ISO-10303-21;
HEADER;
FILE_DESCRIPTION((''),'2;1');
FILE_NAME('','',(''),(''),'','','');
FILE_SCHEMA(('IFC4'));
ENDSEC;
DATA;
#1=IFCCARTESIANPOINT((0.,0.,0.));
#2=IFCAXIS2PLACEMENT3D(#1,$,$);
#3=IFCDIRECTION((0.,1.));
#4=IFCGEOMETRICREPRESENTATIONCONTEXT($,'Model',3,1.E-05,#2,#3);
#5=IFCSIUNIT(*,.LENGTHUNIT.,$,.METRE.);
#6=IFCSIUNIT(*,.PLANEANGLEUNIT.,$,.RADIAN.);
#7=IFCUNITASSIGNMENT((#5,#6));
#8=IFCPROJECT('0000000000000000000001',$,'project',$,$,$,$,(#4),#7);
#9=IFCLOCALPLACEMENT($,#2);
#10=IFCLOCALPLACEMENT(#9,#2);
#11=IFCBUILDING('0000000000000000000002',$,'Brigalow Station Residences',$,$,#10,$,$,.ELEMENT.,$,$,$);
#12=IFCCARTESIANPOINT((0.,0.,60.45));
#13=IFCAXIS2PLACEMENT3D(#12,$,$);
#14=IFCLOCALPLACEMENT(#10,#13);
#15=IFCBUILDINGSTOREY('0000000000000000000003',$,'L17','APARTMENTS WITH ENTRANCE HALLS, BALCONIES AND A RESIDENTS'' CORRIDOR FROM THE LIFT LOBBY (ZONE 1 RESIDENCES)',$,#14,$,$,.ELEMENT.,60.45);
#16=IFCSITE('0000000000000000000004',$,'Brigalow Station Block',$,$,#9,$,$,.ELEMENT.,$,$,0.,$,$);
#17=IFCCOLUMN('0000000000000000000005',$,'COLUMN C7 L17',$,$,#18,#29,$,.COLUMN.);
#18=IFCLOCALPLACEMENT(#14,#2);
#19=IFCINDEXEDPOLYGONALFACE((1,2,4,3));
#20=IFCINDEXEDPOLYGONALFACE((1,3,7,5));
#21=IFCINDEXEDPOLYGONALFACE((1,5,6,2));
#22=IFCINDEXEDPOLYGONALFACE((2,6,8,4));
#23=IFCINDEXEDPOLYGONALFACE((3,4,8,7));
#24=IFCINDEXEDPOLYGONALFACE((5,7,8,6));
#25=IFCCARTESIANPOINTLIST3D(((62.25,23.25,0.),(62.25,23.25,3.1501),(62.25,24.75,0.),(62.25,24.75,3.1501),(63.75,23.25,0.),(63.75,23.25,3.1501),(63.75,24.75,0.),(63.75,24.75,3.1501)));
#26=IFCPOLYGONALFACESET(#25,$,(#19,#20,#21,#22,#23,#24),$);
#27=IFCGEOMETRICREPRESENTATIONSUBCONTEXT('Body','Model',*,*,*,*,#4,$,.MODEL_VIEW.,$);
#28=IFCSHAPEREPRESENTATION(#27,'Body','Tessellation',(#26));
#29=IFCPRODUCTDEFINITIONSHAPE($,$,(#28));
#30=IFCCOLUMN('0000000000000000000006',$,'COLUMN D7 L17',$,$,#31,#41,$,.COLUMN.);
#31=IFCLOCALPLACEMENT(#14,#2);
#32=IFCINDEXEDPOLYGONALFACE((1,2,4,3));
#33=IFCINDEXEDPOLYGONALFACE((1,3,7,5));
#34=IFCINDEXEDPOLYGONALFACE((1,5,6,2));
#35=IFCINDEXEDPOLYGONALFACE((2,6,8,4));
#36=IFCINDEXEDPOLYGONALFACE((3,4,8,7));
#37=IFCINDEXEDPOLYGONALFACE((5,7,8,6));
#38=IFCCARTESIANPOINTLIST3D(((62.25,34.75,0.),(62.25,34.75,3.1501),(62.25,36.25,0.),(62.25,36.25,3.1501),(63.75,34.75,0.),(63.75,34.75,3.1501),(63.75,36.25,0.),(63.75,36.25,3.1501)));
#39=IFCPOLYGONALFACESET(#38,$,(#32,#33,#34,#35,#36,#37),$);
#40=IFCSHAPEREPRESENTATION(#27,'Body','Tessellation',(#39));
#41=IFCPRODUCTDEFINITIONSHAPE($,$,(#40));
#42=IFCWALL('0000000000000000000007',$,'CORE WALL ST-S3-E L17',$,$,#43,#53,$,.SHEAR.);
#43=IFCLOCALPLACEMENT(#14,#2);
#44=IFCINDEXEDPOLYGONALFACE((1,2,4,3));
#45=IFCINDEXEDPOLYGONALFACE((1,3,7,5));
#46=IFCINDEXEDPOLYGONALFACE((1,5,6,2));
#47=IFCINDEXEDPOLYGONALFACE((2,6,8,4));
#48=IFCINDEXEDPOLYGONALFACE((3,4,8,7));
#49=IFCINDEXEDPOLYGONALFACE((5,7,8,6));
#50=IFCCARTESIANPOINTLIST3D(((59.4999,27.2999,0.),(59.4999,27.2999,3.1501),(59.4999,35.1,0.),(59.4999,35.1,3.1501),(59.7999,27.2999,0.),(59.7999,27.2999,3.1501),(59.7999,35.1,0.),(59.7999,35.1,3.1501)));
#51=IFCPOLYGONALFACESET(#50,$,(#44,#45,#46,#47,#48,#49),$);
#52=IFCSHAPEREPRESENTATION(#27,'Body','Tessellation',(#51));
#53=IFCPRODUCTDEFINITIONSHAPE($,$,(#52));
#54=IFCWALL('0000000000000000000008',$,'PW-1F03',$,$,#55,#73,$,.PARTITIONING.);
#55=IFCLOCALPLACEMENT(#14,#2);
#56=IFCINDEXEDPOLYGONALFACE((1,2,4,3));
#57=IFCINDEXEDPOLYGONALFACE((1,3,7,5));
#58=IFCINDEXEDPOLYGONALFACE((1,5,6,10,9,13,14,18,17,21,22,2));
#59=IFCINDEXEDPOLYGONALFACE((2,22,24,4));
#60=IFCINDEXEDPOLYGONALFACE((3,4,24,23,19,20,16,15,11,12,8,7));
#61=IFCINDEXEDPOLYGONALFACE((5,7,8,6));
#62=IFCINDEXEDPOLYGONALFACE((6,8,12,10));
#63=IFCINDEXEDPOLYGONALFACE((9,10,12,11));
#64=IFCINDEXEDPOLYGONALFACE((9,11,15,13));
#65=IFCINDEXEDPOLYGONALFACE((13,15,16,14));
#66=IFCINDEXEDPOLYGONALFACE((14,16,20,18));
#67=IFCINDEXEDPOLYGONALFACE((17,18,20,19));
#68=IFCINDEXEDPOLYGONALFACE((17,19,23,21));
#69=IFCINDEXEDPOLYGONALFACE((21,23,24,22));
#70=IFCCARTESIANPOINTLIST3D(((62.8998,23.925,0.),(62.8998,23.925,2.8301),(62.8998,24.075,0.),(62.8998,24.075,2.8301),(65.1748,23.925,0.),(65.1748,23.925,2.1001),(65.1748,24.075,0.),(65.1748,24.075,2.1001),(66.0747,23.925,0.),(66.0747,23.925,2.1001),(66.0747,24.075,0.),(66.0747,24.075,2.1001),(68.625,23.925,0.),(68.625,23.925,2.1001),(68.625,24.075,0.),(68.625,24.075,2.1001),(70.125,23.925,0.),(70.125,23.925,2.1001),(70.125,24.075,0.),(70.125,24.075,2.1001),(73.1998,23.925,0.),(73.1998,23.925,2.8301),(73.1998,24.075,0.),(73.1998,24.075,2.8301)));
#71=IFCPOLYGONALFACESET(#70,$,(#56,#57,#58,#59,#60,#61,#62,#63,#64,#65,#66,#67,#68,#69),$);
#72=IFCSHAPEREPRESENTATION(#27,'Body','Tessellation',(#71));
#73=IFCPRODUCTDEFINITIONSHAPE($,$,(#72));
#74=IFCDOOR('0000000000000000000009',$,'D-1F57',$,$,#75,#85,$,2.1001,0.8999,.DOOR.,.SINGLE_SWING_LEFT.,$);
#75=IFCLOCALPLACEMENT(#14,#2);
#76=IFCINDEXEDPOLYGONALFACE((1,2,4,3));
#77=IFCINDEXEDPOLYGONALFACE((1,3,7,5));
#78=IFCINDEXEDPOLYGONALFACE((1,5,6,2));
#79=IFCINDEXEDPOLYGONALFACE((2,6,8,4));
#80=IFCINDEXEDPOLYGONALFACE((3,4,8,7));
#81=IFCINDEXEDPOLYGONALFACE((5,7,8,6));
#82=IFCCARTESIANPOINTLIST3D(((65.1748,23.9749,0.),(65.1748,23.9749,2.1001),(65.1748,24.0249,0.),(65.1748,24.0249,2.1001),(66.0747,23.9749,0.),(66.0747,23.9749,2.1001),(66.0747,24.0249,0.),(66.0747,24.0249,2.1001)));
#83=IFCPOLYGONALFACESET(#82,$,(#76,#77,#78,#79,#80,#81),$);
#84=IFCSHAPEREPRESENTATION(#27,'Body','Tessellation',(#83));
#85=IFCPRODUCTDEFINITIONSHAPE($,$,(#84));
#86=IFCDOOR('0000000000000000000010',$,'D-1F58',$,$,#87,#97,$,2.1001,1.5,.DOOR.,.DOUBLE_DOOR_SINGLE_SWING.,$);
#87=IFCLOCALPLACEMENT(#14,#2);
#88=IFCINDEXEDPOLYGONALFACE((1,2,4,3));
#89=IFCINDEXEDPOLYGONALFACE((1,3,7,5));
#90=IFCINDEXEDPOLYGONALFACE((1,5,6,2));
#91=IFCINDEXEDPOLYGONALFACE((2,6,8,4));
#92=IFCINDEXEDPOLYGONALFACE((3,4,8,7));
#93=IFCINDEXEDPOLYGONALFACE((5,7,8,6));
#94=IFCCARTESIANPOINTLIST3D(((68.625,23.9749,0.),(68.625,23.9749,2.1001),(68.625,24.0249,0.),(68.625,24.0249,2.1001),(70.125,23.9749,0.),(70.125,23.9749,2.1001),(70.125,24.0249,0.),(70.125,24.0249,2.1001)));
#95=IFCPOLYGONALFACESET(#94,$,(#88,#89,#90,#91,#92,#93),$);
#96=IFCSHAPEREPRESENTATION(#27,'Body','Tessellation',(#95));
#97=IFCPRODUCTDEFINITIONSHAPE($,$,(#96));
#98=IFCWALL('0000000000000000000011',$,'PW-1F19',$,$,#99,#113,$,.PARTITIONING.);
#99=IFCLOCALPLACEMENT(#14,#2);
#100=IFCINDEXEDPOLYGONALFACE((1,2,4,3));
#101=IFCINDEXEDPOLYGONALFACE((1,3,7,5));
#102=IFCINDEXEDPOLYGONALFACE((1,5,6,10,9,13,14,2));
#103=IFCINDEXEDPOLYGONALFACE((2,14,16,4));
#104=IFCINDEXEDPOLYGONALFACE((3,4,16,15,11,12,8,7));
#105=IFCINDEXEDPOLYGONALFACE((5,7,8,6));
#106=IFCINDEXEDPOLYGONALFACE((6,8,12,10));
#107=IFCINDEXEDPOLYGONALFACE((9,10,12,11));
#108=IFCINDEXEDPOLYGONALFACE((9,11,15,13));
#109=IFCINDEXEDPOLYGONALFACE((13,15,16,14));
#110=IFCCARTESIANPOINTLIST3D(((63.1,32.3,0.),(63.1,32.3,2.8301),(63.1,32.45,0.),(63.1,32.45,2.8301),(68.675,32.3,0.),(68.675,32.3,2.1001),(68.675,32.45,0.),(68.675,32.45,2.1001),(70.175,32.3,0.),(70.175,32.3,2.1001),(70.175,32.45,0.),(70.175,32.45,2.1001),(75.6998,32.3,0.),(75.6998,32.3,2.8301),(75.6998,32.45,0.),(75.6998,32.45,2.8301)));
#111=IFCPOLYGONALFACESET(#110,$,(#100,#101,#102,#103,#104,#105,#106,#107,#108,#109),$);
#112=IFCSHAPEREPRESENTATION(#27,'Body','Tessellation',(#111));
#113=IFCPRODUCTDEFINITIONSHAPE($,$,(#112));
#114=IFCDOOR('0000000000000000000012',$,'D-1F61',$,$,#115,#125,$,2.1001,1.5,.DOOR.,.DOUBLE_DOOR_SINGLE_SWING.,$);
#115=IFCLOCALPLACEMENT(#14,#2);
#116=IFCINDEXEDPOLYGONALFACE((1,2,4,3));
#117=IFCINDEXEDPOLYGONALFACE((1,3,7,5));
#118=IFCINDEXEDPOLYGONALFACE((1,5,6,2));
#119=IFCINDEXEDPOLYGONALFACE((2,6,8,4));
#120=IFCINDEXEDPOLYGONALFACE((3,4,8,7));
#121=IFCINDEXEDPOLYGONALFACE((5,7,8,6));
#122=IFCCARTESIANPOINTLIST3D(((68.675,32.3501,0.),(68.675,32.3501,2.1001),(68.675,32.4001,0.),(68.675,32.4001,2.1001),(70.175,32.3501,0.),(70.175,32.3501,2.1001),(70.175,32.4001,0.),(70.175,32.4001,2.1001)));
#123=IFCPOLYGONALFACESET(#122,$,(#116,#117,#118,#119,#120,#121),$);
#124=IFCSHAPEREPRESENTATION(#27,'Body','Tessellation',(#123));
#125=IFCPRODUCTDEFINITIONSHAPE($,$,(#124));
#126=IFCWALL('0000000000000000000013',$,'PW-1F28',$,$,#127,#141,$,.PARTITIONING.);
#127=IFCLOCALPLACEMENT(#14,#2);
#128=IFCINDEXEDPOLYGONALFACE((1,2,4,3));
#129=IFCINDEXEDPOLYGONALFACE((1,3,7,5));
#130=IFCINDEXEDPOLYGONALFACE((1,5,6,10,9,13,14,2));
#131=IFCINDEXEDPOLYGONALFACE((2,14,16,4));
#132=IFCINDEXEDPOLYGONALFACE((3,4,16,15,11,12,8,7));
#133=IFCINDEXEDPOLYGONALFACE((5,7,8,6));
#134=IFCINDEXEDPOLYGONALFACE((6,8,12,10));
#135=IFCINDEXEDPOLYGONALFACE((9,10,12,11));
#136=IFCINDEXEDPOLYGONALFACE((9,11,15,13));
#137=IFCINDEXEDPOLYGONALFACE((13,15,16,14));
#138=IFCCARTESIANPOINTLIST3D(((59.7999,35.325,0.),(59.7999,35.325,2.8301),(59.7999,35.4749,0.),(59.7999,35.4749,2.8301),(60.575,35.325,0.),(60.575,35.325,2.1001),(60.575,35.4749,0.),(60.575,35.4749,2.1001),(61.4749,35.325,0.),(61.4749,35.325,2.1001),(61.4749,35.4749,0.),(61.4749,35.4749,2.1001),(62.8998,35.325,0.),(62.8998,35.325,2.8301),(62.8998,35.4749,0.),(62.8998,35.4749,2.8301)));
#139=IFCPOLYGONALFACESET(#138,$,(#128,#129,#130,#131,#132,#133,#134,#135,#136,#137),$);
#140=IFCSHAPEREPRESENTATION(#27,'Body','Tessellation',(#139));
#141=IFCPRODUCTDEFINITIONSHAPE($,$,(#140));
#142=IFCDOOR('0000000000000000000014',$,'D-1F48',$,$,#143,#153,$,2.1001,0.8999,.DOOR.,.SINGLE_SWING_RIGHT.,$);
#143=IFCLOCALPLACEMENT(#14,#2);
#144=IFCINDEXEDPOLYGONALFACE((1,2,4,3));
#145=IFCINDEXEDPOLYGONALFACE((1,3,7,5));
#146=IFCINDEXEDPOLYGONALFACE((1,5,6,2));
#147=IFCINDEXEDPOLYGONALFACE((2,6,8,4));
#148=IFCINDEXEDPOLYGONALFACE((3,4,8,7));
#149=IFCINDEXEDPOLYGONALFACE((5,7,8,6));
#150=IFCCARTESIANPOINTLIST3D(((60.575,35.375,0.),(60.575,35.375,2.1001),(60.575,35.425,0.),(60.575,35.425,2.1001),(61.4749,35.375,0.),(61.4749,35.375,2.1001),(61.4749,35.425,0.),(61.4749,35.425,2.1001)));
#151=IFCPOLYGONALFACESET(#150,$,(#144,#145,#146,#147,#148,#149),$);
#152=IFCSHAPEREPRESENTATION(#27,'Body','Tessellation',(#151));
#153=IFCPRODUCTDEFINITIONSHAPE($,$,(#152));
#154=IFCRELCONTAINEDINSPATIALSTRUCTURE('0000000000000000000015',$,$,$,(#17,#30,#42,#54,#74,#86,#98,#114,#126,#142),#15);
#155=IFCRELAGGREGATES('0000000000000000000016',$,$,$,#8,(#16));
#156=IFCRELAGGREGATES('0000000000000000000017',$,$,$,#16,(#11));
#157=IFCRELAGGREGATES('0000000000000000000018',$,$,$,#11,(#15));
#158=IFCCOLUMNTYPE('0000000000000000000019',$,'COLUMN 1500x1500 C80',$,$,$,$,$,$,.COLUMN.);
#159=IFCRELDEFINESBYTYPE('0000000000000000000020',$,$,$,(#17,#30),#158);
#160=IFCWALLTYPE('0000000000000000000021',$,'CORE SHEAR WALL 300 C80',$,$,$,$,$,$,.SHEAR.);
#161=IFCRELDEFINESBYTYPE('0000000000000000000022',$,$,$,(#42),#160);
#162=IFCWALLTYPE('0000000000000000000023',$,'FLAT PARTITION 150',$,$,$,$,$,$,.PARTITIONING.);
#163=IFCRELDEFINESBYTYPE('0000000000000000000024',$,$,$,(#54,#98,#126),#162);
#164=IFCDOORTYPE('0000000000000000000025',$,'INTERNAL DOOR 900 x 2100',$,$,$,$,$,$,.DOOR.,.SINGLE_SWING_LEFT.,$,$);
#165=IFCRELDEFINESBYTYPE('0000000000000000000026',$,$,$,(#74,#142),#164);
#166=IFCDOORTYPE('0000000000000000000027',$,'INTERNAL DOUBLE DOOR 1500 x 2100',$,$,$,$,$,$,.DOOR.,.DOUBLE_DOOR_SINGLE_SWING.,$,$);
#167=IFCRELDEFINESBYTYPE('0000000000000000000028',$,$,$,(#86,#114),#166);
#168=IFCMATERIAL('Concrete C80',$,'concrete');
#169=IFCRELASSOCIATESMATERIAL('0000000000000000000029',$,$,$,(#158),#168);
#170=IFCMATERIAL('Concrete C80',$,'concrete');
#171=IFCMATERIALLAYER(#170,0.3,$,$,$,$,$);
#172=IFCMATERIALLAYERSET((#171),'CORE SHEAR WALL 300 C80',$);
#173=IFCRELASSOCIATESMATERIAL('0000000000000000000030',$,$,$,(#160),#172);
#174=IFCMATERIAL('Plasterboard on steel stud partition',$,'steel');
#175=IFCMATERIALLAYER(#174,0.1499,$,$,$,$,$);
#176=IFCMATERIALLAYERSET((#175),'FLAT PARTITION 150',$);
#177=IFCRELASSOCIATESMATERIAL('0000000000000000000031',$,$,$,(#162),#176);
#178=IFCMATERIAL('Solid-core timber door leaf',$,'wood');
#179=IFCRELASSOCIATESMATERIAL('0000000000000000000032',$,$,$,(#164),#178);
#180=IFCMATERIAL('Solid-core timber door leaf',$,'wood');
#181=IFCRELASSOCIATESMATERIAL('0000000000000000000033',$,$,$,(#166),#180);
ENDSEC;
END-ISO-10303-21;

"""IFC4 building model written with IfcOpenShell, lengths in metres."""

from ifc_helpers import new_model, si_unit, direction, frame, frame_2d, origin, origin_2d, place, context, subcontext, project, spatial, rectangle, extrude, material, layer, layer_set, material_profile, profile_set, type_object, element, fill, save


model = new_model("IFC4")

# Units and contexts
model_context = context("Model", 3, precision=1e-05, world=origin(), true_north=direction((0.0, 1.0)))
body_context = subcontext(model_context, "Body", "Model", "MODEL_VIEW")
ifc_project = project(units=[si_unit("LENGTHUNIT", "METRE"), si_unit("PLANEANGLEUNIT", "RADIAN")], contexts=[model_context])

# Site, building, storey
site_placement = place(None, origin())
site = spatial("IfcSite", under=ifc_project, at=site_placement, Name="Brigalow Station Block", CompositionType="ELEMENT", RefElevation=0.0)
building_placement = place(site_placement, origin())
building = spatial("IfcBuilding", under=site, at=building_placement, Name="Brigalow Station Residences", CompositionType="ELEMENT")
storey_placement = place(building_placement, frame((0.0, 0.0, 60.45)))
storey = spatial("IfcBuildingStorey", under=building, at=storey_placement, Name="L17", Description="APARTMENTS WITH ENTRANCE HALLS, BALCONIES AND A RESIDENTS' CORRIDOR FROM THE LIFT LOBBY (ZONE 1 RESIDENCES)", CompositionType="ELEMENT", Elevation=60.45)

# Columns
ifc_material_1 = material(Name="Concrete C80", Category="concrete")
ifc_material_profile = material_profile(ifc_material_1, rectangle(XDim=1.5, YDim=1.5, at=origin_2d()), Name="RC1500x1500")
ifc_profile_set = profile_set([ifc_material_profile], Name="Concrete C80")
column_type = type_object("IfcColumnType", Name="COLUMN 1500x1500 C80", PredefinedType="COLUMN", material=ifc_profile_set)
for number, where, z_axis, x_axis, name in (
    (1, (63.0, 24.0, 0.0), (0.0, 0.0, 1.0), (1.0, 0.0, 0.0), "COLUMN C7 L17"),
    (2, (63.0, 35.5, 0.0), (0.0, 0.0, 1.0), (1.0, 0.0, 0.0), "COLUMN D7 L17"),
):
    element("IfcColumn", number, at=place(storey_placement, frame(where, z_axis=z_axis, x_axis=x_axis)), inside=storey, type_object=column_type, Name=name, PredefinedType="COLUMN", context=body_context, shape_type="SweptSolid", body=[
        extrude(rectangle(XDim=1.5, YDim=1.5, at=origin_2d()), origin(), (0.0, 0.0, 1.0), 3.1501),
    ])

# Wall
ifc_material_2 = material(Name="Concrete C80", Category="concrete")
ifc_layer_1 = layer(ifc_material_2, 0.3)
ifc_layer_set_1 = layer_set([ifc_layer_1], Name="CORE SHEAR WALL 300 C80")
wall_type_1 = type_object("IfcWallType", Name="CORE SHEAR WALL 300 C80", PredefinedType="SHEAR", material=ifc_layer_set_1)
wall_1_placement = place(storey_placement, frame((59.6499, 27.3, 0.0), z_axis=(0.0, 0.0, 1.0), x_axis=(0.0, 1.0, 0.0)))
element("IfcWall", 3, at=wall_1_placement, inside=storey, type_object=wall_type_1, Name="CORE WALL ST-S3-E L17", PredefinedType="SHEAR", context=body_context, shape_type="SweptSolid", body=[
    extrude(rectangle(XDim=7.8, YDim=0.3, at=frame_2d((3.8999, 0.0))), origin(), (0.0, 0.0, 1.0), 3.1501),
])

# Wall, openings, doors
ifc_material_3 = material(Name="Plasterboard on steel stud partition", Category="steel")
ifc_layer_2 = layer(ifc_material_3, 0.1499)
ifc_layer_set_2 = layer_set([ifc_layer_2], Name="FLAT PARTITION 150")
wall_type_2 = type_object("IfcWallType", Name="FLAT PARTITION 150", PredefinedType="PARTITIONING", material=ifc_layer_set_2)
wall_2_placement = place(storey_placement, frame((62.8999, 24.0, 0.0), z_axis=(0.0, 0.0, 1.0), x_axis=(1.0, 0.0, 0.0)))
wall_2 = element("IfcWall", 4, at=wall_2_placement, inside=storey, type_object=wall_type_2, Name="PW-1F03", PredefinedType="PARTITIONING", context=body_context, shape_type="SweptSolid", body=[
    extrude(rectangle(XDim=10.3, YDim=0.1499, at=frame_2d((5.1499, 0.0))), origin(), (0.0, 0.0, 1.0), 2.8301),
])
opening_1_placement = place(wall_2_placement, frame((2.2749, 0.0, 0.0)))
opening_1 = element("IfcOpeningElement", 5, at=opening_1_placement, cuts=wall_2, PredefinedType="OPENING", context=body_context, shape_type="SweptSolid", body=[
    extrude(rectangle(XDim=0.8999, YDim=2.1001, at=frame_2d((0.45, 1.05))), frame((0.0, 0.085, 0.0), z_axis=(0.0, -1.0, 0.0), x_axis=(1.0, 0.0, 0.0)), (0.0, 0.0, 1.0), 0.1699),
])
opening_2_placement = place(wall_2_placement, frame((5.7251, 0.0, 0.0)))
opening_2 = element("IfcOpeningElement", 6, at=opening_2_placement, cuts=wall_2, PredefinedType="OPENING", context=body_context, shape_type="SweptSolid", body=[
    extrude(rectangle(XDim=1.5, YDim=2.1001, at=frame_2d((0.75, 1.05))), frame((0.0, 0.085, 0.0), z_axis=(0.0, -1.0, 0.0), x_axis=(1.0, 0.0, 0.0)), (0.0, 0.0, 1.0), 0.1699),
])
ifc_material_4 = material(Name="Solid-core timber door leaf", Category="wood")
door_type_1 = type_object("IfcDoorType", Name="INTERNAL DOOR 900 x 2100", OperationType="SINGLE_SWING_LEFT", PredefinedType="DOOR", material=ifc_material_4)
door_1_placement = place(opening_1_placement, origin())
door_1 = element("IfcDoor", 7, at=door_1_placement, inside=storey, type_object=door_type_1, Name="D-1F57", OperationType="SINGLE_SWING_LEFT", OverallHeight=2.1001, OverallWidth=0.8999, PredefinedType="DOOR", context=body_context, shape_type="SweptSolid", body=[
    extrude(rectangle(XDim=0.8999, YDim=2.1001, at=frame_2d((0.45, 1.05))), frame((0.0, 0.0249, 0.0), z_axis=(0.0, -1.0, 0.0), x_axis=(1.0, 0.0, 0.0)), (0.0, 0.0, 1.0), 0.05),
])
fill(opening_1, door_1)
ifc_material_5 = material(Name="Solid-core timber door leaf", Category="wood")
door_type_2 = type_object("IfcDoorType", Name="INTERNAL DOUBLE DOOR 1500 x 2100", OperationType="DOUBLE_DOOR_SINGLE_SWING", PredefinedType="DOOR", material=ifc_material_5)
door_2_placement = place(opening_2_placement, origin())
door_2 = element("IfcDoor", 8, at=door_2_placement, inside=storey, type_object=door_type_2, Name="D-1F58", OperationType="DOUBLE_DOOR_SINGLE_SWING", OverallHeight=2.1001, OverallWidth=1.5, PredefinedType="DOOR", context=body_context, shape_type="SweptSolid", body=[
    extrude(rectangle(XDim=1.5, YDim=2.1001, at=frame_2d((0.75, 1.05))), frame((0.0, 0.0249, 0.0), z_axis=(0.0, -1.0, 0.0), x_axis=(1.0, 0.0, 0.0)), (0.0, 0.0, 1.0), 0.05),
])
fill(opening_2, door_2)

# Walls, openings, doors
wall_3_placement = place(storey_placement, frame((63.1001, 32.375, 0.0), z_axis=(0.0, 0.0, 1.0), x_axis=(1.0, 0.0, 0.0)))
wall_3 = element("IfcWall", 9, at=wall_3_placement, inside=storey, type_object=wall_type_2, Name="PW-1F19", PredefinedType="PARTITIONING", context=body_context, shape_type="SweptSolid", body=[
    extrude(rectangle(XDim=12.5999, YDim=0.1499, at=frame_2d((6.2998, 0.0))), origin(), (0.0, 0.0, 1.0), 2.8301),
])
opening_3_placement = place(wall_3_placement, frame((5.575, 0.0, 0.0)))
opening_3 = element("IfcOpeningElement", 10, at=opening_3_placement, cuts=wall_3, PredefinedType="OPENING", context=body_context, shape_type="SweptSolid", body=[
    extrude(rectangle(XDim=1.5, YDim=2.1001, at=frame_2d((0.75, 1.05))), frame((0.0, 0.085, 0.0), z_axis=(0.0, -1.0, 0.0), x_axis=(1.0, 0.0, 0.0)), (0.0, 0.0, 1.0), 0.1699),
])
door_3_placement = place(opening_3_placement, frame((1.5, 0.0, 0.0), z_axis=(0.0, 0.0, 1.0), x_axis=(-1.0, 0.0, 0.0)))
door_3 = element("IfcDoor", 11, at=door_3_placement, inside=storey, type_object=door_type_2, Name="D-1F61", OperationType="DOUBLE_DOOR_SINGLE_SWING", OverallHeight=2.1001, OverallWidth=1.5, PredefinedType="DOOR", context=body_context, shape_type="SweptSolid", body=[
    extrude(rectangle(XDim=1.5, YDim=2.1001, at=frame_2d((0.75, 1.05))), frame((0.0, 0.0249, 0.0), z_axis=(0.0, -1.0, 0.0), x_axis=(1.0, 0.0, 0.0)), (0.0, 0.0, 1.0), 0.05),
])
fill(opening_3, door_3)
wall_4_placement = place(storey_placement, frame((59.8, 35.3999, 0.0), z_axis=(0.0, 0.0, 1.0), x_axis=(1.0, 0.0, 0.0)))
wall_4 = element("IfcWall", 12, at=wall_4_placement, inside=storey, type_object=wall_type_2, Name="PW-1F28", PredefinedType="PARTITIONING", context=body_context, shape_type="SweptSolid", body=[
    extrude(rectangle(XDim=3.0999, YDim=0.1499, at=frame_2d((1.5498, 0.0))), origin(), (0.0, 0.0, 1.0), 2.8301),
])
opening_4_placement = place(wall_4_placement, frame((0.7749, 0.0, 0.0)))
opening_4 = element("IfcOpeningElement", 13, at=opening_4_placement, cuts=wall_4, PredefinedType="OPENING", context=body_context, shape_type="SweptSolid", body=[
    extrude(rectangle(XDim=0.8999, YDim=2.1001, at=frame_2d((0.45, 1.05))), frame((0.0, 0.085, 0.0), z_axis=(0.0, -1.0, 0.0), x_axis=(1.0, 0.0, 0.0)), (0.0, 0.0, 1.0), 0.1699),
])
door_4_placement = place(opening_4_placement, frame((0.8999, 0.0, 0.0), z_axis=(0.0, 0.0, 1.0), x_axis=(-1.0, 0.0, 0.0)))
door_4 = element("IfcDoor", 14, at=door_4_placement, inside=storey, type_object=door_type_1, Name="D-1F48", OperationType="SINGLE_SWING_RIGHT", OverallHeight=2.1001, OverallWidth=0.8999, PredefinedType="DOOR", context=body_context, shape_type="SweptSolid", body=[
    extrude(rectangle(XDim=0.8999, YDim=2.1001, at=frame_2d((0.45, 1.05))), frame((0.0, 0.0249, 0.0), z_axis=(0.0, -1.0, 0.0), x_axis=(1.0, 0.0, 0.0)), (0.0, 0.0, 1.0), 0.05),
])
fill(opening_4, door_4)

save(model, "model.ifc")
